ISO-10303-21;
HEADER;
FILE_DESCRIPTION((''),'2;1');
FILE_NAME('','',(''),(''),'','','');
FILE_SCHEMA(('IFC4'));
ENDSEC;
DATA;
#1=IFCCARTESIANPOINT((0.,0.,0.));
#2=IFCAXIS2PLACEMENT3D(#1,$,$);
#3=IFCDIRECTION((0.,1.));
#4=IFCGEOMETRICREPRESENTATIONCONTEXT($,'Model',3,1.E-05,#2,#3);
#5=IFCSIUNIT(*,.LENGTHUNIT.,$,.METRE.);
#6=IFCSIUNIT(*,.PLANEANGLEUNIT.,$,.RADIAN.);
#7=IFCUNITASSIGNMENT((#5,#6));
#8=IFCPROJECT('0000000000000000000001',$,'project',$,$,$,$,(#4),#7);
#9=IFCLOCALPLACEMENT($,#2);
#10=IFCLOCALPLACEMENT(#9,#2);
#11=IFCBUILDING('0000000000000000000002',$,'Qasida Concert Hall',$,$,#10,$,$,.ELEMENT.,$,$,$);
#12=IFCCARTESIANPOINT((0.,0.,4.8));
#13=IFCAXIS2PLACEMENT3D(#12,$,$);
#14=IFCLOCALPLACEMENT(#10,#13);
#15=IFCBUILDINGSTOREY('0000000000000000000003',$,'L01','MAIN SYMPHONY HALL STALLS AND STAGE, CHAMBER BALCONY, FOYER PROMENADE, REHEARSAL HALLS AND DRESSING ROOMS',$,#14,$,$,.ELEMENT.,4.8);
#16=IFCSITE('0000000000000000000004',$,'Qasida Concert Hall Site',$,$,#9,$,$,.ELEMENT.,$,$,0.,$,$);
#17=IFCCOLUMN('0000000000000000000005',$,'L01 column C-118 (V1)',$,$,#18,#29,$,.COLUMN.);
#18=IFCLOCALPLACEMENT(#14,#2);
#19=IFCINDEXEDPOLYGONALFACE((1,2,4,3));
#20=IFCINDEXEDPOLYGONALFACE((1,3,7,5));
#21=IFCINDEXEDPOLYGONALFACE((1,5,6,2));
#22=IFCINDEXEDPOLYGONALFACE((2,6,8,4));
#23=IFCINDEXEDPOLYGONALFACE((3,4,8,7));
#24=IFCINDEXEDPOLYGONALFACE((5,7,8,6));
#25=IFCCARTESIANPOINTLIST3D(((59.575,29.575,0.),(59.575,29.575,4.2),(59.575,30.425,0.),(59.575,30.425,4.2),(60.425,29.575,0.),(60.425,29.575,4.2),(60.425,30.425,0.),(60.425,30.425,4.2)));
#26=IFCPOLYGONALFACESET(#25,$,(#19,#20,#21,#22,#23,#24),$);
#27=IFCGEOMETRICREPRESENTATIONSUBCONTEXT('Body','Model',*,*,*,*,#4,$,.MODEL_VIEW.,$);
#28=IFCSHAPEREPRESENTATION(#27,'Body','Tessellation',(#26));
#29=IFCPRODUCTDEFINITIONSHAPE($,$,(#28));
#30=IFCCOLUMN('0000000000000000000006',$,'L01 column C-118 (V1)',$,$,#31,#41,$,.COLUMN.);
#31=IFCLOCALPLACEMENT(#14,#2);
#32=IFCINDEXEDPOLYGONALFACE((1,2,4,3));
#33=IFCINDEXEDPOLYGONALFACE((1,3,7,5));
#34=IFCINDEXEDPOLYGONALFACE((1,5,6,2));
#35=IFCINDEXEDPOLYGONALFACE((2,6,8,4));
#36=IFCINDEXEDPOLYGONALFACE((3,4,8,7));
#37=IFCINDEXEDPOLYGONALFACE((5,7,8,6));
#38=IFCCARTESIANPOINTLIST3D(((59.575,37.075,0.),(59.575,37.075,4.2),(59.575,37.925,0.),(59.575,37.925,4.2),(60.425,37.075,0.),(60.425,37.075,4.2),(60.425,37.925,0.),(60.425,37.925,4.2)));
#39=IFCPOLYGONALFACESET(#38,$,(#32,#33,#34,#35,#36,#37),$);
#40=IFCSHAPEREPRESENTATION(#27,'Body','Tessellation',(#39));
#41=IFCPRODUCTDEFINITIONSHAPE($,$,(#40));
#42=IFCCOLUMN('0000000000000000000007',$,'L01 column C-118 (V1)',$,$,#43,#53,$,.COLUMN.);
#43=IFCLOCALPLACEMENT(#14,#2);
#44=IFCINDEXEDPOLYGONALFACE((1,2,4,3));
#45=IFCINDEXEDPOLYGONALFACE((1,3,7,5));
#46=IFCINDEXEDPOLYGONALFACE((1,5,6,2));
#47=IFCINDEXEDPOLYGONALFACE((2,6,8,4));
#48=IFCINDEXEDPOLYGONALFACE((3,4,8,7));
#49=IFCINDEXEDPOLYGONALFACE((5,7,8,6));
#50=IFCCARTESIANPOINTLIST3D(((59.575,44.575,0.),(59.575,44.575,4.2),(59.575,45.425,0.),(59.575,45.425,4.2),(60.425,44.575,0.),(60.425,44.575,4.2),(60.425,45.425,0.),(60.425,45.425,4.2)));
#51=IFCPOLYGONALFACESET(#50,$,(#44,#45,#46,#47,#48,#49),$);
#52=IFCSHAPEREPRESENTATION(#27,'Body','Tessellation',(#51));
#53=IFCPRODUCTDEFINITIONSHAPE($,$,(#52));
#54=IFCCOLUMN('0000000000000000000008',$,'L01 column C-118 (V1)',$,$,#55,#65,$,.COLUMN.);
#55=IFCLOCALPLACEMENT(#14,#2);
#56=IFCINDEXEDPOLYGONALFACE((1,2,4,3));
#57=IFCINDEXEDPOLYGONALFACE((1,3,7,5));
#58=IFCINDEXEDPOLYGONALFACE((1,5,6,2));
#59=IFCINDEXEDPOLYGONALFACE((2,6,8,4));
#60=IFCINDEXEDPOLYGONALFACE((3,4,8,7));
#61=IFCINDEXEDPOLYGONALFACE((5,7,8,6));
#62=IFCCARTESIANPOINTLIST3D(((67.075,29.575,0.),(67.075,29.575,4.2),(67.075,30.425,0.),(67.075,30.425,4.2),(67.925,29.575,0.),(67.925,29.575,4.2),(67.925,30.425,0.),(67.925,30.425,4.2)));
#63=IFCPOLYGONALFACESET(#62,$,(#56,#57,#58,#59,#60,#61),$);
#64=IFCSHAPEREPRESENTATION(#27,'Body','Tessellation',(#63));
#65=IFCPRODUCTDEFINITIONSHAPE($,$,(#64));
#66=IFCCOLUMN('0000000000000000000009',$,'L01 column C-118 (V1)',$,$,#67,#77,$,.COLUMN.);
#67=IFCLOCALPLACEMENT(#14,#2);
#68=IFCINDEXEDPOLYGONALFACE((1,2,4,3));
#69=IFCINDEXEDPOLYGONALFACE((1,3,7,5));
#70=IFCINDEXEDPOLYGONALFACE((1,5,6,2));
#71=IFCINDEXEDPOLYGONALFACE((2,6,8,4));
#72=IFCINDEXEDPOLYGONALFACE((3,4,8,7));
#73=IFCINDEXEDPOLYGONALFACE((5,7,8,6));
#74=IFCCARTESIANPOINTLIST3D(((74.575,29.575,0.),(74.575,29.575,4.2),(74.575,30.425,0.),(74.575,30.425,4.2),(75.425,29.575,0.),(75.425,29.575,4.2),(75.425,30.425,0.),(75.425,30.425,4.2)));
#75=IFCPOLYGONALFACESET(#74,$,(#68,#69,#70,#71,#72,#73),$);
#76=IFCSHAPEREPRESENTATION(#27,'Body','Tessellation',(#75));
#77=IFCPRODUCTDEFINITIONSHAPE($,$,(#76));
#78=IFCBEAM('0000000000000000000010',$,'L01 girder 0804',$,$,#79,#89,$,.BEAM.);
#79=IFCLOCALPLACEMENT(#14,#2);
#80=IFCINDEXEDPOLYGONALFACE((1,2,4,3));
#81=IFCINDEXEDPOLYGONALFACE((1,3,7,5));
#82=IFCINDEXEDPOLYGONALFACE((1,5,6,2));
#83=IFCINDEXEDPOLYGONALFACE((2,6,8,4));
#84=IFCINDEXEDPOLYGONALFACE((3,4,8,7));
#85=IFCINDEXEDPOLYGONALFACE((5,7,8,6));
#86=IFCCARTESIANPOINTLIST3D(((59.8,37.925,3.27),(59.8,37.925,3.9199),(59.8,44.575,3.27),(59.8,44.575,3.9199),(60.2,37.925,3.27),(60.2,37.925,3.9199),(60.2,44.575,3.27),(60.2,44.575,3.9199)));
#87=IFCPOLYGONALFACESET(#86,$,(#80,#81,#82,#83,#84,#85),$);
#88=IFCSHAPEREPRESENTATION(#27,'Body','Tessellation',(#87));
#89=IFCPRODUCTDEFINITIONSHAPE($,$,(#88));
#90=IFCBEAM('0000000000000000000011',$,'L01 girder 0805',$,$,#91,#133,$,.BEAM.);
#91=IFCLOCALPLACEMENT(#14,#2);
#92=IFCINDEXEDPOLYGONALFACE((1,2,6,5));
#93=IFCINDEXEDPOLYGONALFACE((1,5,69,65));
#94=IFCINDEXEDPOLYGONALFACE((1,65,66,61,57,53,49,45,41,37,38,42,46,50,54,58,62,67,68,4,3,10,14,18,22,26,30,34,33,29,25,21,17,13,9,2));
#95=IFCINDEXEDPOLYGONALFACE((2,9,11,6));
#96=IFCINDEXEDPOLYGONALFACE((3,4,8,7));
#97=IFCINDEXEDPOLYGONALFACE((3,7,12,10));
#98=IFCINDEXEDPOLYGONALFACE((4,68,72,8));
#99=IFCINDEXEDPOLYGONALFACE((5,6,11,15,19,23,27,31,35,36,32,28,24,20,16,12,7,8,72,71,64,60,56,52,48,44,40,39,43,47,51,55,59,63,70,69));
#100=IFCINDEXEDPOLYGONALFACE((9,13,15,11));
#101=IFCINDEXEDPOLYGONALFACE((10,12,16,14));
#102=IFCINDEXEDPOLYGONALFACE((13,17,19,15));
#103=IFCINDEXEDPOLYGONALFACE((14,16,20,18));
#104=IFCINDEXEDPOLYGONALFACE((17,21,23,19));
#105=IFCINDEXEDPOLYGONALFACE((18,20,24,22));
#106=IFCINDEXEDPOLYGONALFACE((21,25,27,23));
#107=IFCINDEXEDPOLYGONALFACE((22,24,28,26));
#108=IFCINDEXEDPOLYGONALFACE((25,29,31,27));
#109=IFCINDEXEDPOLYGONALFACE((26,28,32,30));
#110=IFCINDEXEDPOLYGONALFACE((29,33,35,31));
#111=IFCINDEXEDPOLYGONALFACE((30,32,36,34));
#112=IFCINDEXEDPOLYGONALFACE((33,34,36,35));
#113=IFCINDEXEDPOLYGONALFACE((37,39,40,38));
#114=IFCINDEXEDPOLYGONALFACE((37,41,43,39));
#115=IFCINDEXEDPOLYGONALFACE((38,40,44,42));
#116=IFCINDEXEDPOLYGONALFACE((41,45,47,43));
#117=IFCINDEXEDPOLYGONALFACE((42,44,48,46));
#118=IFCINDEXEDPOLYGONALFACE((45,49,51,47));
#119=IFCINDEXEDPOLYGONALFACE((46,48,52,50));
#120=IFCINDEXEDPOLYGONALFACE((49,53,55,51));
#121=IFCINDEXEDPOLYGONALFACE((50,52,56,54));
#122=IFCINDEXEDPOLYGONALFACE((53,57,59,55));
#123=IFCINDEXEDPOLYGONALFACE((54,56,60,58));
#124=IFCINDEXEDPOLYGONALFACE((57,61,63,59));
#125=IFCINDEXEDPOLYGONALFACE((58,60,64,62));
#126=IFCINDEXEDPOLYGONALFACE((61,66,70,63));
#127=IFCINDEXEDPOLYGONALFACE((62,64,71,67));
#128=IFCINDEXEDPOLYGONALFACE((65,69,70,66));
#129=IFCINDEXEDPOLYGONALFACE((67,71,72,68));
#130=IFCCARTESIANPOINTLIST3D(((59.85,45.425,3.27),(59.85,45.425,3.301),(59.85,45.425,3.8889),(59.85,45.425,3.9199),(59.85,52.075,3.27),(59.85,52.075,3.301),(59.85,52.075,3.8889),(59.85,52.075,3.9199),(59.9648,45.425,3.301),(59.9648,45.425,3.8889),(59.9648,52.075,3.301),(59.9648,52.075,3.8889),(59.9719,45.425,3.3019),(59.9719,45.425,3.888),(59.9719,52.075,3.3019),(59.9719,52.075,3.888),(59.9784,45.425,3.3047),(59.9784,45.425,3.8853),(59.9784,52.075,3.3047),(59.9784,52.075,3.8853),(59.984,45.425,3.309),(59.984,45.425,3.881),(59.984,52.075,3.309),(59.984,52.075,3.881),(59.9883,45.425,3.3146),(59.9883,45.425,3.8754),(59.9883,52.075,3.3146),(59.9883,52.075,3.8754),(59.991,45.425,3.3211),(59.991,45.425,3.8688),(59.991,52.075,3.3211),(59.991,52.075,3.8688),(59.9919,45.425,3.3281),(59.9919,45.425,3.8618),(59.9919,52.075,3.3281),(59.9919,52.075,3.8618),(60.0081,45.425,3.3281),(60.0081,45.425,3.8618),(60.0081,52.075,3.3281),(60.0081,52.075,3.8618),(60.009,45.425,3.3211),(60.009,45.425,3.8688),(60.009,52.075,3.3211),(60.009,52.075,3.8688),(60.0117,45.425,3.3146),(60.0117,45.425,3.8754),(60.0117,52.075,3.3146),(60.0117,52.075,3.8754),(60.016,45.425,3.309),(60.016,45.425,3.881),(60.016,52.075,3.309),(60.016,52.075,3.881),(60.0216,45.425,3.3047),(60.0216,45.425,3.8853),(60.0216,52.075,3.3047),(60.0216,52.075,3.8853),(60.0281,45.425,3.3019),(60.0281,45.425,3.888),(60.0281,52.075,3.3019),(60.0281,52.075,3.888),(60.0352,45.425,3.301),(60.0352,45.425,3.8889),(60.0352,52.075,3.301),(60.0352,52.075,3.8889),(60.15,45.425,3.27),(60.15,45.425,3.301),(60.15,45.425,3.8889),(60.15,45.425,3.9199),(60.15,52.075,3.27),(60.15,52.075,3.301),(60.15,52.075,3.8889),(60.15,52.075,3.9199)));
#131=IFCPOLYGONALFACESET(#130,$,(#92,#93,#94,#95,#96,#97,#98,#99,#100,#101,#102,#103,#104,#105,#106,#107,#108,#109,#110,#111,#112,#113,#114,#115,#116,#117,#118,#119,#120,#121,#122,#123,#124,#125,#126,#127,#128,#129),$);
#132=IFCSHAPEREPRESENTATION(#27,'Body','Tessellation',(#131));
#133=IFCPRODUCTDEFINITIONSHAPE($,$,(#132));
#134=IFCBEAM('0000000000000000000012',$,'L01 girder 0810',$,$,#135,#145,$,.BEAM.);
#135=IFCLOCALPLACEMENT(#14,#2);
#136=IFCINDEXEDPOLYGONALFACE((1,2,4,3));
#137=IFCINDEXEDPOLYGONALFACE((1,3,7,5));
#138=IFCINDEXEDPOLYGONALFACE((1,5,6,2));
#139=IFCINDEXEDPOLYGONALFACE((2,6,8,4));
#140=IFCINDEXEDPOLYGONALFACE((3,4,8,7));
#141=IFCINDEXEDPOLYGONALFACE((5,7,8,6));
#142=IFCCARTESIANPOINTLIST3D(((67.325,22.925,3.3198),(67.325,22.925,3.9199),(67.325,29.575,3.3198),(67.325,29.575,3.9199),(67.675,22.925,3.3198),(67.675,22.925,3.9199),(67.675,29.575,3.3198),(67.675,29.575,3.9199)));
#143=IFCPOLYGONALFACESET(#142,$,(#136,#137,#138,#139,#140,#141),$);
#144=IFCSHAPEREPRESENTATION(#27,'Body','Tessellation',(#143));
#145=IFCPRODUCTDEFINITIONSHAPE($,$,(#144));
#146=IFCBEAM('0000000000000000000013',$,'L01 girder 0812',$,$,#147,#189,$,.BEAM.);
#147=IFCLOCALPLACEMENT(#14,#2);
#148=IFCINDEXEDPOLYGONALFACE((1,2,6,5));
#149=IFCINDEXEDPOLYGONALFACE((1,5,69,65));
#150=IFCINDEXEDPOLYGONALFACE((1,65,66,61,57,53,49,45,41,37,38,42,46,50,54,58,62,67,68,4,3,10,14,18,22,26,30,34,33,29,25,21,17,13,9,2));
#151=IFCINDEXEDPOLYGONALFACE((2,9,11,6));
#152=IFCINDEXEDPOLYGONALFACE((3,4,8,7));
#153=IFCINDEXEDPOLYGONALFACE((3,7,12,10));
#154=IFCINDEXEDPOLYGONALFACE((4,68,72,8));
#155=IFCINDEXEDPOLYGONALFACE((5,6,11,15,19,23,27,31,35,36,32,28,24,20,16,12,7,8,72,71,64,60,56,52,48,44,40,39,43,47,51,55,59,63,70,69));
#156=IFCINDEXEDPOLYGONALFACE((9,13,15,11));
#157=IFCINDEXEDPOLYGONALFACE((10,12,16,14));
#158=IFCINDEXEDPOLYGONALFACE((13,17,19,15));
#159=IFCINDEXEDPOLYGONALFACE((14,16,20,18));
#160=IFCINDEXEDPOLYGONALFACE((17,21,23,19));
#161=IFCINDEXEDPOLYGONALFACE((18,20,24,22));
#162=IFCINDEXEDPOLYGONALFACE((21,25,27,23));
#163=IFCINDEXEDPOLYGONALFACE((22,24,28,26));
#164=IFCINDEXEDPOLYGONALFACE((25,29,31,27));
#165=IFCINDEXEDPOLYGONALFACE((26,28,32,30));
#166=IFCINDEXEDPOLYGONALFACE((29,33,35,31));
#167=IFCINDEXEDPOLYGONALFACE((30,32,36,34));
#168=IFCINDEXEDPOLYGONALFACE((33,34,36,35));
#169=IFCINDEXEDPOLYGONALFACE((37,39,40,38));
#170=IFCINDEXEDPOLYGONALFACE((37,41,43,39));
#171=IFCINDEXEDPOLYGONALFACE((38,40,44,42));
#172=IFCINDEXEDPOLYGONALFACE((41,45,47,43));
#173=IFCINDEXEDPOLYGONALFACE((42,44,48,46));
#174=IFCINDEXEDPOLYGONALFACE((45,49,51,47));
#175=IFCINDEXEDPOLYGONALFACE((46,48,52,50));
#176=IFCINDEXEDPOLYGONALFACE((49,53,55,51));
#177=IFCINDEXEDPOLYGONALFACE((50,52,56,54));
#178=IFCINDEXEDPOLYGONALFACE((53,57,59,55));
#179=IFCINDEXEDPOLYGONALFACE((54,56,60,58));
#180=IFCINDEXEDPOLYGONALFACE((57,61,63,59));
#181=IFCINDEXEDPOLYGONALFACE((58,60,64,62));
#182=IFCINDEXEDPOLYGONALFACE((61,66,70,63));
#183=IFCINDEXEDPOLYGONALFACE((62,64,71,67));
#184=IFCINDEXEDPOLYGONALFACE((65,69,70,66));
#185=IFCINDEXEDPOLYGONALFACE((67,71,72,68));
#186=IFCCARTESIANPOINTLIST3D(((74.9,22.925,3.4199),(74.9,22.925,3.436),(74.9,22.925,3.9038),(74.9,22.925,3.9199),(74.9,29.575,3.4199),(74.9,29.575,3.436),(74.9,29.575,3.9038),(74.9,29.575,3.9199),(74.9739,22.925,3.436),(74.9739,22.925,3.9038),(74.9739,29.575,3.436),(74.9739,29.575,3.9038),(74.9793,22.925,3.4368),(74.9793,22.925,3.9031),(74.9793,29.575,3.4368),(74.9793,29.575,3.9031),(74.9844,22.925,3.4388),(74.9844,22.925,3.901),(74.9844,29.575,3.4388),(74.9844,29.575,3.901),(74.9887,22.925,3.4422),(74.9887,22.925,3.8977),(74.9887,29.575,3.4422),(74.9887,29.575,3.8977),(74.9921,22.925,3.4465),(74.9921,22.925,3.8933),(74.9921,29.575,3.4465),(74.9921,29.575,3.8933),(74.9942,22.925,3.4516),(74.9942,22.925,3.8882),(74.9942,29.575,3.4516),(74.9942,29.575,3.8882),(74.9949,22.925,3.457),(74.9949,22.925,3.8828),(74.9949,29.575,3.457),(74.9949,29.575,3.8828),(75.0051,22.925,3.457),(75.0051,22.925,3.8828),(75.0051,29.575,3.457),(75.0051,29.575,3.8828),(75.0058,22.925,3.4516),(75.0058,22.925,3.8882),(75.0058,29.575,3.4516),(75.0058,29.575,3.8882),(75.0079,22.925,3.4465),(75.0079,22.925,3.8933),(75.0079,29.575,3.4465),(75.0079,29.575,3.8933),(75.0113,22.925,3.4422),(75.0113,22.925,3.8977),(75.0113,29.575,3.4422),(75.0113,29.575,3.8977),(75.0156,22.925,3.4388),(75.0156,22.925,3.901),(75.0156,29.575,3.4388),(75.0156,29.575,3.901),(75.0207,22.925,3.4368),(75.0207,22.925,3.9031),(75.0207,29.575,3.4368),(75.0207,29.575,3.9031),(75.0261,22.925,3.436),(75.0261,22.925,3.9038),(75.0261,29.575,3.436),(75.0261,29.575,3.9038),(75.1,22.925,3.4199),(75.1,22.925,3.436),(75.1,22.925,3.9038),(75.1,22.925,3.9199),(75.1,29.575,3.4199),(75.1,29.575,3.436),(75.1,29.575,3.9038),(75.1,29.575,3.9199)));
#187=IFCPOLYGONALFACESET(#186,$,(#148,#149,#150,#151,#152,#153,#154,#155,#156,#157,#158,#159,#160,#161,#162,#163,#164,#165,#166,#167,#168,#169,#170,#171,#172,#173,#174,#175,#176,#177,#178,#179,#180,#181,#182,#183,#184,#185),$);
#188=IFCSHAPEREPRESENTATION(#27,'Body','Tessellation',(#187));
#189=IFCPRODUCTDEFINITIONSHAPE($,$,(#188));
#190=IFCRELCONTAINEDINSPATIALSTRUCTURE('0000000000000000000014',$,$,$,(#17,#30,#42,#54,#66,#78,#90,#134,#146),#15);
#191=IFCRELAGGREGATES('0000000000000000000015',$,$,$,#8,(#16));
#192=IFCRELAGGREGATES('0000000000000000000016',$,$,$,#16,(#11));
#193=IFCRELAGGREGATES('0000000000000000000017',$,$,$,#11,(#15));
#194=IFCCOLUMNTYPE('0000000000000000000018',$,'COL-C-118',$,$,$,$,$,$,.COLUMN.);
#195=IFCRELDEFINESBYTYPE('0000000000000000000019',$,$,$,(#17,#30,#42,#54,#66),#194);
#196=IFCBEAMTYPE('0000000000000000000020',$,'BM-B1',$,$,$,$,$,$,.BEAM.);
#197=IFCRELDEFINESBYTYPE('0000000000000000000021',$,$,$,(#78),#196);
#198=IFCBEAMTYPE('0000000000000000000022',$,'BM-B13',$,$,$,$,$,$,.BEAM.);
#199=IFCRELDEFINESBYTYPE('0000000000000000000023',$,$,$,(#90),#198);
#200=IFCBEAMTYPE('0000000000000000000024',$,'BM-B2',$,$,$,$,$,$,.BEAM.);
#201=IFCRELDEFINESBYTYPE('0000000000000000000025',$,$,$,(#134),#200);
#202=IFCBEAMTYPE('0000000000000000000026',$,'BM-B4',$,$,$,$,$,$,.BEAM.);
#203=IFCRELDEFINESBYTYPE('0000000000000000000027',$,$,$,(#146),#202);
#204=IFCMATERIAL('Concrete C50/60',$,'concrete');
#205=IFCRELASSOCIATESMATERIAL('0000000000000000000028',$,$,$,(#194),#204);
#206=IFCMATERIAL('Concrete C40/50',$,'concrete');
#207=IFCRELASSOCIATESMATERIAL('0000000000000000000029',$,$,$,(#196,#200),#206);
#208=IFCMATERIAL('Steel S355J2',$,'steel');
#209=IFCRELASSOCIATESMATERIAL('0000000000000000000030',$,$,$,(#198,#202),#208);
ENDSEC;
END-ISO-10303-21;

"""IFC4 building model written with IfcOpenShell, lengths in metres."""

from ifc_helpers import new_model, si_unit, direction, frame, origin, origin_2d, place, context, subcontext, project, spatial, rectangle, i_section, extrude, material, material_profile, profile_set, type_object, element, save


model = new_model("IFC4")

# Units and contexts
model_context = context("Model", 3, precision=1e-05, world=origin(), true_north=direction((0.0, 1.0)))
body_context = subcontext(model_context, "Body", "Model", "MODEL_VIEW")
ifc_project = project(units=[si_unit("LENGTHUNIT", "METRE"), si_unit("PLANEANGLEUNIT", "RADIAN")], contexts=[model_context])

# Site, building, storey
site_placement = place(None, origin())
site = spatial("IfcSite", under=ifc_project, at=site_placement, Name="Qasida Concert Hall Site", CompositionType="ELEMENT", RefElevation=0.0)
building_placement = place(site_placement, origin())
building = spatial("IfcBuilding", under=site, at=building_placement, Name="Qasida Concert Hall", CompositionType="ELEMENT")
storey_placement = place(building_placement, frame((0.0, 0.0, 4.8)))
storey = spatial("IfcBuildingStorey", under=building, at=storey_placement, Name="L01", Description="MAIN SYMPHONY HALL STALLS AND STAGE, CHAMBER BALCONY, FOYER PROMENADE, REHEARSAL HALLS AND DRESSING ROOMS", CompositionType="ELEMENT", Elevation=4.8)

# Columns
ifc_material_1 = material(Name="Concrete C50/60", Category="concrete")
ifc_material_profile_1 = material_profile(ifc_material_1, rectangle(XDim=0.8501, YDim=0.8501, at=origin_2d()), Name="RC 850x850")
ifc_profile_set_1 = profile_set([ifc_material_profile_1], Name="Concrete C50/60")
column_type = type_object("IfcColumnType", Name="COL-C-118", PredefinedType="COLUMN", material=ifc_profile_set_1)
for number, where, z_axis, x_axis, name in (
    (1, (60.0, 30.0, 0.0), (0.0, 0.0, 1.0), (1.0, 0.0, 0.0), "L01 column C-118 (V1)"),
    (2, (60.0, 37.5, 0.0), (0.0, 0.0, 1.0), (1.0, 0.0, 0.0), "L01 column C-118 (V1)"),
    (3, (60.0, 45.0, 0.0), (0.0, 0.0, 1.0), (1.0, 0.0, 0.0), "L01 column C-118 (V1)"),
    (4, (67.5, 30.0, 0.0), (0.0, 0.0, 1.0), (1.0, 0.0, 0.0), "L01 column C-118 (V1)"),
    (5, (75.0, 30.0, 0.0), (0.0, 0.0, 1.0), (1.0, 0.0, 0.0), "L01 column C-118 (V1)"),
):
    element("IfcColumn", number, at=place(storey_placement, frame(where, z_axis=z_axis, x_axis=x_axis)), inside=storey, type_object=column_type, Name=name, PredefinedType="COLUMN", context=body_context, shape_type="SweptSolid", body=[
        extrude(rectangle(XDim=0.8501, YDim=0.8501, at=origin_2d()), origin(), (0.0, 0.0, 1.0), 4.2),
    ])

# Beams
ifc_material_2 = material(Name="Concrete C40/50", Category="concrete")
ifc_material_profile_2 = material_profile(ifc_material_2, rectangle(XDim=0.3999, YDim=0.6499, at=origin_2d()), Name="RC 400x650")
ifc_profile_set_2 = profile_set([ifc_material_profile_2], Name="Concrete C40/50")
beam_type_1 = type_object("IfcBeamType", Name="BM-B1", PredefinedType="BEAM", material=ifc_profile_set_2)
beam_1_placement = place(storey_placement, frame((60.0, 37.925, 3.595), z_axis=(0.0, 1.0, 0.0), x_axis=(-1.0, 0.0, 0.0)))
element("IfcBeam", 6, at=beam_1_placement, inside=storey, type_object=beam_type_1, Name="L01 girder 0804", PredefinedType="BEAM", context=body_context, shape_type="SweptSolid", body=[
    extrude(rectangle(XDim=0.3999, YDim=0.6499, at=origin_2d()), origin(), (0.0, 0.0, 1.0), 6.6499),
])
ifc_material_3 = material(Name="Steel S355J2", Category="steel")
ifc_material_profile_3 = material_profile(ifc_material_3, i_section(OverallWidth=0.3, OverallDepth=0.6499, WebThickness=0.0161, FlangeThickness=0.031, FilletRadius=0.0271, at=origin_2d()), Name="HEB 650")
ifc_profile_set_3 = profile_set([ifc_material_profile_3], Name="Steel S355J2")
beam_type_2 = type_object("IfcBeamType", Name="BM-B13", PredefinedType="BEAM", material=ifc_profile_set_3)
beam_2_placement = place(storey_placement, frame((60.0, 45.425, 3.595), z_axis=(0.0, 1.0, 0.0), x_axis=(-1.0, 0.0, 0.0)))
element("IfcBeam", 7, at=beam_2_placement, inside=storey, type_object=beam_type_2, Name="L01 girder 0805", PredefinedType="BEAM", context=body_context, shape_type="SweptSolid", body=[
    extrude(i_section(OverallWidth=0.3, OverallDepth=0.6499, WebThickness=0.0161, FlangeThickness=0.031, FilletRadius=0.0271, at=origin_2d()), origin(), (0.0, 0.0, 1.0), 6.6499),
])
ifc_material_profile_4 = material_profile(ifc_material_2, rectangle(XDim=0.3501, YDim=0.6001, at=origin_2d()), Name="RC 350x600")
ifc_profile_set_4 = profile_set([ifc_material_profile_4], Name="Concrete C40/50")
beam_type_3 = type_object("IfcBeamType", Name="BM-B2", PredefinedType="BEAM", material=ifc_profile_set_4)
beam_3_placement = place(storey_placement, frame((67.5, 22.925, 3.6199), z_axis=(0.0, 1.0, 0.0), x_axis=(-1.0, 0.0, 0.0)))
element("IfcBeam", 8, at=beam_3_placement, inside=storey, type_object=beam_type_3, Name="L01 girder 0810", PredefinedType="BEAM", context=body_context, shape_type="SweptSolid", body=[
    extrude(rectangle(XDim=0.3501, YDim=0.6001, at=origin_2d()), origin(), (0.0, 0.0, 1.0), 6.6499),
])
ifc_material_profile_5 = material_profile(ifc_material_3, i_section(OverallWidth=0.2, OverallDepth=0.5, WebThickness=0.0103, FlangeThickness=0.0161, FilletRadius=0.021, at=origin_2d()), Name="IPE 500")
ifc_profile_set_5 = profile_set([ifc_material_profile_5], Name="Steel S355J2")
beam_type_4 = type_object("IfcBeamType", Name="BM-B4", PredefinedType="BEAM", material=ifc_profile_set_5)
beam_4_placement = place(storey_placement, frame((75.0, 22.925, 3.6699), z_axis=(0.0, 1.0, 0.0), x_axis=(-1.0, 0.0, 0.0)))
element("IfcBeam", 9, at=beam_4_placement, inside=storey, type_object=beam_type_4, Name="L01 girder 0812", PredefinedType="BEAM", context=body_context, shape_type="SweptSolid", body=[
    extrude(i_section(OverallWidth=0.2, OverallDepth=0.5, WebThickness=0.0103, FlangeThickness=0.0161, FilletRadius=0.021, at=origin_2d()), origin(), (0.0, 0.0, 1.0), 6.6499),
])

save(model, "model.ifc")
